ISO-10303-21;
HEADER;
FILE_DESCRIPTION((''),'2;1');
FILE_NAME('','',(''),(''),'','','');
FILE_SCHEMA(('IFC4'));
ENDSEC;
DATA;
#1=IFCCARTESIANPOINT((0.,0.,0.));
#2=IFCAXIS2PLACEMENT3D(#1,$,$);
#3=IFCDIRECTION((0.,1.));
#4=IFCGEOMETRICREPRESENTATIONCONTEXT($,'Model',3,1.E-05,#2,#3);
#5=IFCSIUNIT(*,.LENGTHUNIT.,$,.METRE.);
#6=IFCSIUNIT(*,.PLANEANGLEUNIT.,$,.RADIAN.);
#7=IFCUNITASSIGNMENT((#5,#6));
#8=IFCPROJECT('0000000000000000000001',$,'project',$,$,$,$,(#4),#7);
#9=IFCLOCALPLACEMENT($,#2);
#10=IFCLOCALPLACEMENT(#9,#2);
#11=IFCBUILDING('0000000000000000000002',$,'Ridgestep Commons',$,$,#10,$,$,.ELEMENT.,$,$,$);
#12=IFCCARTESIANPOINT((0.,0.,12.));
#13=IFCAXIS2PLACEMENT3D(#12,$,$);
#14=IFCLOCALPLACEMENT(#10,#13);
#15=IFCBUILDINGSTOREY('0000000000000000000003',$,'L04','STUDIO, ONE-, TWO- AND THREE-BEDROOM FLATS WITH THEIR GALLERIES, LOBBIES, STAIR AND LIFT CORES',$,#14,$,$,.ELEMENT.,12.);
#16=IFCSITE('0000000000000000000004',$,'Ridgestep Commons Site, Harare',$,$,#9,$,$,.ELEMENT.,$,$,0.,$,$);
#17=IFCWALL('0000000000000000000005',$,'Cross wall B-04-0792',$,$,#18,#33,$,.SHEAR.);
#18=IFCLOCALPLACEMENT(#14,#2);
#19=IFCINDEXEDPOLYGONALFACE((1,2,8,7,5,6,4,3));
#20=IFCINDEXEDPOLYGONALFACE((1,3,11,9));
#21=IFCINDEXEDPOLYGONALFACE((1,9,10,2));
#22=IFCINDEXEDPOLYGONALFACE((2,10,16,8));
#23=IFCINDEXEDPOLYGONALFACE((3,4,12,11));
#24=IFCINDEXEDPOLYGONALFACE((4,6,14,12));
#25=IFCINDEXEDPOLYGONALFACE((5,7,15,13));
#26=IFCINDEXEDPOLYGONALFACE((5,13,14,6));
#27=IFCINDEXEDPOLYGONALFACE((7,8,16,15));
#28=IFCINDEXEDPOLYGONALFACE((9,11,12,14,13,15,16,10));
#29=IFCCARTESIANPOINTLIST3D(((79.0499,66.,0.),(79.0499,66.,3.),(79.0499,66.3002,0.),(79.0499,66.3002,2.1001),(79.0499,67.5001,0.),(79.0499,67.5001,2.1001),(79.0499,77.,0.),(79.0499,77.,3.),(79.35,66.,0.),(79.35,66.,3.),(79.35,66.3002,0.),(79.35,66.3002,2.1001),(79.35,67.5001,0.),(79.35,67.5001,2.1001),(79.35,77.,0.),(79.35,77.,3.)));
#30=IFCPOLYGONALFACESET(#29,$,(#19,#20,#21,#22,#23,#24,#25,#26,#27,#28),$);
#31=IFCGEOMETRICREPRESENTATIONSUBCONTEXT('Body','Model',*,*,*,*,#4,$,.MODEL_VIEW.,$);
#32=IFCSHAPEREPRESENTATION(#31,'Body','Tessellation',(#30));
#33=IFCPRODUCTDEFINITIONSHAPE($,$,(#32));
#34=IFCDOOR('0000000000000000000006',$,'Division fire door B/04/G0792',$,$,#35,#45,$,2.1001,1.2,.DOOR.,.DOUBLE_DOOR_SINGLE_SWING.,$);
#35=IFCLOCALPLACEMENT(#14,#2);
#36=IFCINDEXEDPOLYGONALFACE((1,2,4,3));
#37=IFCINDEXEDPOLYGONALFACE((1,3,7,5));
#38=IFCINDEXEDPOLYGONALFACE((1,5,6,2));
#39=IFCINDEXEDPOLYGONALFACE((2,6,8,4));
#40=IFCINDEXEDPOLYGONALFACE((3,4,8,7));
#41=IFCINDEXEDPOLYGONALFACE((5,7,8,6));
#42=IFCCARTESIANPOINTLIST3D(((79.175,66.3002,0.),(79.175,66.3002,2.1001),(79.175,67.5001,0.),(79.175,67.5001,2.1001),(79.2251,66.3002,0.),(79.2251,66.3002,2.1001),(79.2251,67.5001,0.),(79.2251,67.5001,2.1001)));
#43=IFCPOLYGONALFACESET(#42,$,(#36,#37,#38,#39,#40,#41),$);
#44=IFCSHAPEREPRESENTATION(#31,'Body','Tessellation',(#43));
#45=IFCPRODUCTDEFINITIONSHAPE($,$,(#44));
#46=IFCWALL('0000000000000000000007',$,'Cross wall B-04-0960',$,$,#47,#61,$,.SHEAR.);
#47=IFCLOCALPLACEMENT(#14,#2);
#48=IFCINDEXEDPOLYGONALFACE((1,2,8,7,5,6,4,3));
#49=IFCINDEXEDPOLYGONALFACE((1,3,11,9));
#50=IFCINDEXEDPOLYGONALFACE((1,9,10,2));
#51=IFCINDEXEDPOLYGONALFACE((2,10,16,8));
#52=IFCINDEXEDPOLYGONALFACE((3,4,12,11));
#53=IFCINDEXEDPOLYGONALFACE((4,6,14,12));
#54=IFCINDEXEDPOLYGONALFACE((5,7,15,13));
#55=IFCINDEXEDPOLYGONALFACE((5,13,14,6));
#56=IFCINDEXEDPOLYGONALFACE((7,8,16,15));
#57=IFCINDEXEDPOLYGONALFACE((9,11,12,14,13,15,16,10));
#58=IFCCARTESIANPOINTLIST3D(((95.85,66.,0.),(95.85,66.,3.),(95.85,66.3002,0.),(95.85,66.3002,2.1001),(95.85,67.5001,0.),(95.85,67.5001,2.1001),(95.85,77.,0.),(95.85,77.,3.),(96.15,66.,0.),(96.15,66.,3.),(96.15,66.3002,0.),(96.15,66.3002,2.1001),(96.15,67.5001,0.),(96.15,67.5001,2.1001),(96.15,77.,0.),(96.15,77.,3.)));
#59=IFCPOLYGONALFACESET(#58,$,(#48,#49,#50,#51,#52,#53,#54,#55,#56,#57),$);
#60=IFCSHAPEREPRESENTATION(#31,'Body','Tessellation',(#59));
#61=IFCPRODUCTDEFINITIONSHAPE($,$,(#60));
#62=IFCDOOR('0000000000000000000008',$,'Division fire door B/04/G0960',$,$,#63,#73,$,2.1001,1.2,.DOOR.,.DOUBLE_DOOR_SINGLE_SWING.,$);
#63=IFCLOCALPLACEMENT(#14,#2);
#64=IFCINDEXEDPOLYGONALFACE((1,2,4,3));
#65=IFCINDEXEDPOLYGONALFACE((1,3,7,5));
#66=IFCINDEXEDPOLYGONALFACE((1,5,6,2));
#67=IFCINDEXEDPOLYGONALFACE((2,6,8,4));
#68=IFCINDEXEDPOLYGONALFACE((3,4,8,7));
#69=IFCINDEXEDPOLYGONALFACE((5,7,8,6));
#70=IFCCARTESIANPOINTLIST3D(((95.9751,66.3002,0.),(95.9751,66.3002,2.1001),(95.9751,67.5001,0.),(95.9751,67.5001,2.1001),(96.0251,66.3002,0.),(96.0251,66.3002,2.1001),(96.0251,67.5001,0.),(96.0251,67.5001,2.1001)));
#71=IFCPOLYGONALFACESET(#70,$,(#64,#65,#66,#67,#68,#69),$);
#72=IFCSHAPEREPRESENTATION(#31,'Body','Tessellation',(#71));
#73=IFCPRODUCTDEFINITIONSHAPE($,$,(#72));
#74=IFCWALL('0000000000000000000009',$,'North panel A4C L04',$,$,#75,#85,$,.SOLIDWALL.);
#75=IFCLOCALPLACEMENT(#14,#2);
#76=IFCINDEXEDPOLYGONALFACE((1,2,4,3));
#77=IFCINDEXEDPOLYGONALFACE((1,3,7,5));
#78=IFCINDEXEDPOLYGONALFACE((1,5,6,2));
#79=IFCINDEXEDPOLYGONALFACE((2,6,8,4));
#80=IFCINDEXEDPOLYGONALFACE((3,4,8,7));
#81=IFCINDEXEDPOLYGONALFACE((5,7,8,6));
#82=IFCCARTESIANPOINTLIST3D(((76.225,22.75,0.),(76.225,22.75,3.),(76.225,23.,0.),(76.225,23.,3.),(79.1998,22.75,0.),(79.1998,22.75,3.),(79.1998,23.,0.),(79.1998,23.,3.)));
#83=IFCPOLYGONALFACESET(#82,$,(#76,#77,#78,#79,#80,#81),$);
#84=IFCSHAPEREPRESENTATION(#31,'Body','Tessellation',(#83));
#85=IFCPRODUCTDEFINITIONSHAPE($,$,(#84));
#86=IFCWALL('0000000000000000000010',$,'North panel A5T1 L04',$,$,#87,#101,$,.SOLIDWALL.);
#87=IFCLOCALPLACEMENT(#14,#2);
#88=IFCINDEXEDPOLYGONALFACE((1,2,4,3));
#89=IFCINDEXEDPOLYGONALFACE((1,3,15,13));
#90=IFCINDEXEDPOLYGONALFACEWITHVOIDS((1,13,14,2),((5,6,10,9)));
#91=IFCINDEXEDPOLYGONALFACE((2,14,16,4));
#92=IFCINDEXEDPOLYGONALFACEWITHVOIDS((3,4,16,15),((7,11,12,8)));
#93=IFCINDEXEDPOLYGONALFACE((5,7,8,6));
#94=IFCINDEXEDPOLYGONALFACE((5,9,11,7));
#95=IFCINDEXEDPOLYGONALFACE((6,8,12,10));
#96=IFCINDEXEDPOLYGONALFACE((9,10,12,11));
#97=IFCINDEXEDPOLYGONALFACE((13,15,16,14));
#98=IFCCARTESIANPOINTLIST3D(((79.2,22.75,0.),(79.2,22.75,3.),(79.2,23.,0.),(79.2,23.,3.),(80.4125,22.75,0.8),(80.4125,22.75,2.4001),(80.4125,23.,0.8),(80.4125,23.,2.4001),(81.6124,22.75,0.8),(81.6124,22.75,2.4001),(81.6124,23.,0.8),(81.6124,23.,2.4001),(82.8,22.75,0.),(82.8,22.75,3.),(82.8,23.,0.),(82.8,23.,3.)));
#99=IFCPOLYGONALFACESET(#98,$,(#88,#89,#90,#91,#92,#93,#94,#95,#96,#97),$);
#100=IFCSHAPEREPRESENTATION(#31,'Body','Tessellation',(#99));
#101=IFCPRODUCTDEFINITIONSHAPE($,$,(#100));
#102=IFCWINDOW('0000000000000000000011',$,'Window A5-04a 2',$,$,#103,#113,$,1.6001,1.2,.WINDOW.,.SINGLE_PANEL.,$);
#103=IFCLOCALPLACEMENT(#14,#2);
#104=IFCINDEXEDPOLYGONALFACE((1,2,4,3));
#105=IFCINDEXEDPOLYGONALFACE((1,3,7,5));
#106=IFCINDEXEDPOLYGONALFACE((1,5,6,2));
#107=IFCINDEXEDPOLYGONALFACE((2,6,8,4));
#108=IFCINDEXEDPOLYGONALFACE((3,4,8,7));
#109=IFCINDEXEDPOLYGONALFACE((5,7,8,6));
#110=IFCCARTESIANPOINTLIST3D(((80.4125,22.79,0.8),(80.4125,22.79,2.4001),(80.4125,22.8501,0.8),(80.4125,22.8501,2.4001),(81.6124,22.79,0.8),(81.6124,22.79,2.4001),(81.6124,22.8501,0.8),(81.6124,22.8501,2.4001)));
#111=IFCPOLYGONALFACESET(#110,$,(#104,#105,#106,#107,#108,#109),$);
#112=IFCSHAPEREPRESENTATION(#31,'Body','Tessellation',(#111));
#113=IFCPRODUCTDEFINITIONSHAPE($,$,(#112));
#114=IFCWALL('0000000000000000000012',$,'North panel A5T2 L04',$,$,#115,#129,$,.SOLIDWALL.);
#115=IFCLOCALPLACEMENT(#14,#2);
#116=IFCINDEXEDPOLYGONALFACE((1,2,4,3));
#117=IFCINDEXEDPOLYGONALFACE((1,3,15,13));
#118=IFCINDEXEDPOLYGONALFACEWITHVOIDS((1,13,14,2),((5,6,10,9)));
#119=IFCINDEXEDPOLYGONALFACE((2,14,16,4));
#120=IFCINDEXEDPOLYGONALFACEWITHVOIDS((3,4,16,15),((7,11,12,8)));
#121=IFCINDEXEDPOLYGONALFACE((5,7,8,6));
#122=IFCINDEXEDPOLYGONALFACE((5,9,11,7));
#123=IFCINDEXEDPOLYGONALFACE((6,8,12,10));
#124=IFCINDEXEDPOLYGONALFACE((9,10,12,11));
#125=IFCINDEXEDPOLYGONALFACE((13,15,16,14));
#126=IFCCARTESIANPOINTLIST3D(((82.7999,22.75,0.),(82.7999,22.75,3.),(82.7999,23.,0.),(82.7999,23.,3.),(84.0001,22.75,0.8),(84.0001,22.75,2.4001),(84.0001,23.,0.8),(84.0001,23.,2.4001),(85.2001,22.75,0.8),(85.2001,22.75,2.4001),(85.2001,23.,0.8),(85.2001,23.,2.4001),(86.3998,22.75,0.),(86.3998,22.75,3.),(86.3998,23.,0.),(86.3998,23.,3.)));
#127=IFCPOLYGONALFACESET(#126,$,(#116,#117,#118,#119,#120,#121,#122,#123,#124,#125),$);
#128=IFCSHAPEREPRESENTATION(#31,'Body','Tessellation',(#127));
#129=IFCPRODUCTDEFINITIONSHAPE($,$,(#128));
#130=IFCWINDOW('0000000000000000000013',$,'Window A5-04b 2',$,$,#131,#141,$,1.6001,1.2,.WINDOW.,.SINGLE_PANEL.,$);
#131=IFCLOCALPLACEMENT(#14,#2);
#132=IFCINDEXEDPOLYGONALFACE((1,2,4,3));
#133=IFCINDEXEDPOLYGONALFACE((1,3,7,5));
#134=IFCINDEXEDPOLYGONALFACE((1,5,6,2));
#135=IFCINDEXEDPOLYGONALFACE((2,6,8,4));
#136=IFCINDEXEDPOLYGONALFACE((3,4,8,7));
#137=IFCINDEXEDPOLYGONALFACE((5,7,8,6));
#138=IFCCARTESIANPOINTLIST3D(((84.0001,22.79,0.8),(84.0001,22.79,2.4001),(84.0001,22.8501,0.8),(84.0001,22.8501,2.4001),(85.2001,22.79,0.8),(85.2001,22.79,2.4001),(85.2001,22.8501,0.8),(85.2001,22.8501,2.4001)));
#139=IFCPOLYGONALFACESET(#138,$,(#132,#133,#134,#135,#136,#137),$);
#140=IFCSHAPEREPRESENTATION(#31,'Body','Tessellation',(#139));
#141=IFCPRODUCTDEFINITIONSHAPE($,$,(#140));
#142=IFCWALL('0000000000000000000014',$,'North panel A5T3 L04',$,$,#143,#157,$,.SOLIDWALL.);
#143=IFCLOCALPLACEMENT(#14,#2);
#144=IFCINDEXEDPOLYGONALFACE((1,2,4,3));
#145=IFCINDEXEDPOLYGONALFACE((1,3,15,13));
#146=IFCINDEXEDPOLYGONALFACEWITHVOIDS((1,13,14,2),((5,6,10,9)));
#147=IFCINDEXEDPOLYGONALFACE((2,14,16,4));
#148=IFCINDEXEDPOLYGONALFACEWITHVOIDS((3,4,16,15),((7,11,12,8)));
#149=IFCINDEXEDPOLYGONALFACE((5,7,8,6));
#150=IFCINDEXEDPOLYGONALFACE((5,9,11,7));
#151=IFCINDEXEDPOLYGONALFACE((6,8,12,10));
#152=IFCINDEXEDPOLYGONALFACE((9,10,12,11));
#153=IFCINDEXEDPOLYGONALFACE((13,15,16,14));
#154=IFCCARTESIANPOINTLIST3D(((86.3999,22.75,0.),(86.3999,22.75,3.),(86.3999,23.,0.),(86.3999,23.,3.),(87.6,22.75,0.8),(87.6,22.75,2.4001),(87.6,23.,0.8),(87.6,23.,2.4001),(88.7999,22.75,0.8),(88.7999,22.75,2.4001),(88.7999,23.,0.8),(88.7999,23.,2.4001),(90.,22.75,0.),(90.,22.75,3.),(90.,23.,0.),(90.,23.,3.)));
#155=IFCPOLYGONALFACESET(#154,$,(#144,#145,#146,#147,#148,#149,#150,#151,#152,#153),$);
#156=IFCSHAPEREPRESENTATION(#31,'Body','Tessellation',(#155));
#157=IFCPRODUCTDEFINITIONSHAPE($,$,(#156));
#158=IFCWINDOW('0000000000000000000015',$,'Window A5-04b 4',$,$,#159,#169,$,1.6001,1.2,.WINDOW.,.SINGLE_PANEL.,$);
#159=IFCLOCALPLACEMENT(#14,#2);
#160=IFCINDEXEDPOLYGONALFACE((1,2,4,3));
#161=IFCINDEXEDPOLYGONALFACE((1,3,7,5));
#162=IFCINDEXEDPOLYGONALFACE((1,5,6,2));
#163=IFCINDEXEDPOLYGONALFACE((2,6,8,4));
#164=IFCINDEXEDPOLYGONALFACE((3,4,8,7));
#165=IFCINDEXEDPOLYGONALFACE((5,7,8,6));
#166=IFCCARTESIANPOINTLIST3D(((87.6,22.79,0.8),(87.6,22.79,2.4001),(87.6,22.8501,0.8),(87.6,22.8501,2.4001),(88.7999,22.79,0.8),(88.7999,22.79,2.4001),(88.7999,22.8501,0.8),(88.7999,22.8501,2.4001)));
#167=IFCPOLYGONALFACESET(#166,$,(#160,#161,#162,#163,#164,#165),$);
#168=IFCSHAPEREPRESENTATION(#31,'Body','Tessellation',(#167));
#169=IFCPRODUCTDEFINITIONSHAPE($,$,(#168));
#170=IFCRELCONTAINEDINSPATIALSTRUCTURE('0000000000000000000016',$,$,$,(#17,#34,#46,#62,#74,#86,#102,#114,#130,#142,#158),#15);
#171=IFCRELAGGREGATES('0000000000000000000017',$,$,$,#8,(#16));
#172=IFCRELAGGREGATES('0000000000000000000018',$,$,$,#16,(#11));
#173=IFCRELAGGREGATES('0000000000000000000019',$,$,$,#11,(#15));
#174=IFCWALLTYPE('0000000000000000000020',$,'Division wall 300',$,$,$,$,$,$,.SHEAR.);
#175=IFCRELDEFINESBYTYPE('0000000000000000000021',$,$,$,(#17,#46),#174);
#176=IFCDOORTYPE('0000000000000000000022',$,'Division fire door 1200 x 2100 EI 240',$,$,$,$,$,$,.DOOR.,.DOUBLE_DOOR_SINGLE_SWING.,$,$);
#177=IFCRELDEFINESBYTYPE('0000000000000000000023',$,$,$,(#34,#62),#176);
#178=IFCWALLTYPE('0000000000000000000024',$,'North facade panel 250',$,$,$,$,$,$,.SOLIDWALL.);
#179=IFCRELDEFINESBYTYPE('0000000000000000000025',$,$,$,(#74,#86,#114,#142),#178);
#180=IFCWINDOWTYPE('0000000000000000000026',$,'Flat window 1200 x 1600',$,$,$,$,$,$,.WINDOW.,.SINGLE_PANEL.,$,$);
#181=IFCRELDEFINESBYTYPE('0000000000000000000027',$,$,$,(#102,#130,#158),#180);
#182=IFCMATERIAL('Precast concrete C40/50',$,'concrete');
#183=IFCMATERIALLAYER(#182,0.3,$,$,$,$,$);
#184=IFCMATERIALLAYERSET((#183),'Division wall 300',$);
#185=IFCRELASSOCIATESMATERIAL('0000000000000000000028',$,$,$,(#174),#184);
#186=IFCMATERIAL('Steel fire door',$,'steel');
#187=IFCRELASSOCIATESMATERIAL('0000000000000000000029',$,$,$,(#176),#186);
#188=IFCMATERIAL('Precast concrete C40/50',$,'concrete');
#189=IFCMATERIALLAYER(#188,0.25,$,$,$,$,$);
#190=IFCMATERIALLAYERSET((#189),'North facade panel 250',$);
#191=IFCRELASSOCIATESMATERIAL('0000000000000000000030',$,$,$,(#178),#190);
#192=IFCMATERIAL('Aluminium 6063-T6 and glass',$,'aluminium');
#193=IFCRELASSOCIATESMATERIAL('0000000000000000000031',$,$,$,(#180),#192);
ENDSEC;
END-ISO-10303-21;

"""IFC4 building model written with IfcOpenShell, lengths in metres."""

from ifc_helpers import new_model, si_unit, direction, frame, frame_2d, origin, place, context, subcontext, project, spatial, rectangle, extrude, material, layer, layer_set, type_object, element, fill, save


model = new_model("IFC4")

# Units and contexts
model_context = context("Model", 3, precision=1e-05, world=origin(), true_north=direction((0.0, 1.0)))
body_context = subcontext(model_context, "Body", "Model", "MODEL_VIEW")
ifc_project = project(units=[si_unit("LENGTHUNIT", "METRE"), si_unit("PLANEANGLEUNIT", "RADIAN")], contexts=[model_context])

# Site, building, storey
site_placement = place(None, origin())
site = spatial("IfcSite", under=ifc_project, at=site_placement, Name="Ridgestep Commons Site, Harare", CompositionType="ELEMENT", RefElevation=0.0)
building_placement = place(site_placement, origin())
building = spatial("IfcBuilding", under=site, at=building_placement, Name="Ridgestep Commons", CompositionType="ELEMENT")
storey_placement = place(building_placement, frame((0.0, 0.0, 12.0)))
storey = spatial("IfcBuildingStorey", under=building, at=storey_placement, Name="L04", Description="STUDIO, ONE-, TWO- AND THREE-BEDROOM FLATS WITH THEIR GALLERIES, LOBBIES, STAIR AND LIFT CORES", CompositionType="ELEMENT", Elevation=12.0)

# Walls, openings, doors
ifc_material_1 = material(Name="Precast concrete C40/50", Category="concrete")
ifc_layer_1 = layer(ifc_material_1, 0.3)
ifc_layer_set_1 = layer_set([ifc_layer_1], Name="Division wall 300")
wall_type_1 = type_object("IfcWallType", Name="Division wall 300", PredefinedType="SHEAR", material=ifc_layer_set_1)
wall_1_placement = place(storey_placement, frame((79.2, 66.0, 0.0), z_axis=(0.0, 0.0, 1.0), x_axis=(0.0, 1.0, 0.0)))
wall_1 = element("IfcWall", 1, at=wall_1_placement, inside=storey, type_object=wall_type_1, Name="Cross wall B-04-0792", PredefinedType="SHEAR", context=body_context, shape_type="SweptSolid", body=[
    extrude(rectangle(XDim=11.0, YDim=0.3, at=frame_2d((5.5, 0.0))), origin(), (0.0, 0.0, 1.0), 3.0),
])
opening_1_placement = place(wall_1_placement, frame((0.3, 0.0, 0.0)))
opening_1 = element("IfcOpeningElement", 2, at=opening_1_placement, cuts=wall_1, PredefinedType="OPENING", context=body_context, shape_type="SweptSolid", body=[
    extrude(rectangle(XDim=1.2, YDim=2.1001, at=frame_2d((0.6001, 1.05))), frame((0.0, 0.1599, 0.0), z_axis=(0.0, -1.0, 0.0), x_axis=(1.0, 0.0, 0.0)), (0.0, 0.0, 1.0), 0.3201),
])
ifc_material_2 = material(Name="Steel fire door", Category="steel")
door_type = type_object("IfcDoorType", Name="Division fire door 1200 x 2100 EI 240", OperationType="DOUBLE_DOOR_SINGLE_SWING", PredefinedType="DOOR", material=ifc_material_2)
door_1_placement = place(opening_1_placement, origin())
door_1 = element("IfcDoor", 3, at=door_1_placement, inside=storey, type_object=door_type, Name="Division fire door B/04/G0792", OperationType="DOUBLE_DOOR_SINGLE_SWING", OverallHeight=2.1001, OverallWidth=1.2, PredefinedType="DOOR", context=body_context, shape_type="SweptSolid", body=[
    extrude(rectangle(XDim=1.2, YDim=2.1001, at=frame_2d((0.6001, 1.05))), frame((0.0, 0.0249, 0.0), z_axis=(0.0, -1.0, 0.0), x_axis=(1.0, 0.0, 0.0)), (0.0, 0.0, 1.0), 0.05),
])
fill(opening_1, door_1)
wall_2_placement = place(storey_placement, frame((96.0, 66.0, 0.0), z_axis=(0.0, 0.0, 1.0), x_axis=(0.0, 1.0, 0.0)))
wall_2 = element("IfcWall", 4, at=wall_2_placement, inside=storey, type_object=wall_type_1, Name="Cross wall B-04-0960", PredefinedType="SHEAR", context=body_context, shape_type="SweptSolid", body=[
    extrude(rectangle(XDim=11.0, YDim=0.3, at=frame_2d((5.5, 0.0))), origin(), (0.0, 0.0, 1.0), 3.0),
])
opening_2_placement = place(wall_2_placement, frame((0.3, 0.0, 0.0)))
opening_2 = element("IfcOpeningElement", 5, at=opening_2_placement, cuts=wall_2, PredefinedType="OPENING", context=body_context, shape_type="SweptSolid", body=[
    extrude(rectangle(XDim=1.2, YDim=2.1001, at=frame_2d((0.6001, 1.05))), frame((0.0, 0.1599, 0.0), z_axis=(0.0, -1.0, 0.0), x_axis=(1.0, 0.0, 0.0)), (0.0, 0.0, 1.0), 0.3201),
])
door_2_placement = place(opening_2_placement, origin())
door_2 = element("IfcDoor", 6, at=door_2_placement, inside=storey, type_object=door_type, Name="Division fire door B/04/G0960", OperationType="DOUBLE_DOOR_SINGLE_SWING", OverallHeight=2.1001, OverallWidth=1.2, PredefinedType="DOOR", context=body_context, shape_type="SweptSolid", body=[
    extrude(rectangle(XDim=1.2, YDim=2.1001, at=frame_2d((0.6001, 1.05))), frame((0.0, 0.0249, 0.0), z_axis=(0.0, -1.0, 0.0), x_axis=(1.0, 0.0, 0.0)), (0.0, 0.0, 1.0), 0.05),
])
fill(opening_2, door_2)

# Wall
ifc_material_3 = material(Name="Precast concrete C40/50", Category="concrete")
ifc_layer_2 = layer(ifc_material_3, 0.25)
ifc_layer_set_2 = layer_set([ifc_layer_2], Name="North facade panel 250")
wall_type_2 = type_object("IfcWallType", Name="North facade panel 250", PredefinedType="SOLIDWALL", material=ifc_layer_set_2)
wall_3_placement = place(storey_placement, frame((76.2251, 22.875, 0.0), z_axis=(0.0, 0.0, 1.0), x_axis=(1.0, 0.0, 0.0)))
element("IfcWall", 7, at=wall_3_placement, inside=storey, type_object=wall_type_2, Name="North panel A4C L04", PredefinedType="SOLIDWALL", context=body_context, shape_type="SweptSolid", body=[
    extrude(rectangle(XDim=2.9749, YDim=0.25, at=frame_2d((1.4873, 0.0))), origin(), (0.0, 0.0, 1.0), 3.0),
])

# Walls, openings, windows
wall_4_placement = place(storey_placement, frame((79.2, 22.875, 0.0), z_axis=(0.0, 0.0, 1.0), x_axis=(1.0, 0.0, 0.0)))
wall_4 = element("IfcWall", 8, at=wall_4_placement, inside=storey, type_object=wall_type_2, Name="North panel A5T1 L04", PredefinedType="SOLIDWALL", context=body_context, shape_type="SweptSolid", body=[
    extrude(rectangle(XDim=3.6001, YDim=0.25, at=frame_2d((1.8, 0.0))), origin(), (0.0, 0.0, 1.0), 3.0),
])
opening_3_placement = place(wall_4_placement, frame((1.2124, 0.0, 0.8)))
opening_3 = element("IfcOpeningElement", 9, at=opening_3_placement, cuts=wall_4, PredefinedType="OPENING", context=body_context, shape_type="SweptSolid", body=[
    extrude(rectangle(XDim=1.2, YDim=1.6001, at=frame_2d((0.6001, 0.8))), frame((0.0, 0.135, 0.0), z_axis=(0.0, -1.0, 0.0), x_axis=(1.0, 0.0, 0.0)), (0.0, 0.0, 1.0), 0.27),
])
ifc_material_4 = material(Name="Aluminium 6063-T6 and glass", Category="aluminium")
window_type = type_object("IfcWindowType", Name="Flat window 1200 x 1600", PartitioningType="SINGLE_PANEL", PredefinedType="WINDOW", material=ifc_material_4)
window_1_placement = place(opening_3_placement, origin())
window_1 = element("IfcWindow", 10, at=window_1_placement, inside=storey, type_object=window_type, Name="Window A5-04a 2", OverallHeight=1.6001, OverallWidth=1.2, PartitioningType="SINGLE_PANEL", PredefinedType="WINDOW", context=body_context, shape_type="SweptSolid", body=[
    extrude(rectangle(XDim=1.2, YDim=1.6001, at=frame_2d((0.6001, 0.8))), frame((0.0, -0.0249, 0.0), z_axis=(0.0, -1.0, 0.0), x_axis=(1.0, 0.0, 0.0)), (0.0, 0.0, 1.0), 0.0601),
])
fill(opening_3, window_1)
wall_5_placement = place(storey_placement, frame((82.8, 22.875, 0.0), z_axis=(0.0, 0.0, 1.0), x_axis=(1.0, 0.0, 0.0)))
wall_5 = element("IfcWall", 11, at=wall_5_placement, inside=storey, type_object=wall_type_2, Name="North panel A5T2 L04", PredefinedType="SOLIDWALL", context=body_context, shape_type="SweptSolid", body=[
    extrude(rectangle(XDim=3.5999, YDim=0.25, at=frame_2d((1.7998, 0.0))), origin(), (0.0, 0.0, 1.0), 3.0),
])
opening_4_placement = place(wall_5_placement, frame((1.2, 0.0, 0.8)))
opening_4 = element("IfcOpeningElement", 12, at=opening_4_placement, cuts=wall_5, PredefinedType="OPENING", context=body_context, shape_type="SweptSolid", body=[
    extrude(rectangle(XDim=1.2, YDim=1.6001, at=frame_2d((0.6001, 0.8))), frame((0.0, 0.135, 0.0), z_axis=(0.0, -1.0, 0.0), x_axis=(1.0, 0.0, 0.0)), (0.0, 0.0, 1.0), 0.27),
])
window_2_placement = place(opening_4_placement, origin())
window_2 = element("IfcWindow", 13, at=window_2_placement, inside=storey, type_object=window_type, Name="Window A5-04b 2", OverallHeight=1.6001, OverallWidth=1.2, PartitioningType="SINGLE_PANEL", PredefinedType="WINDOW", context=body_context, shape_type="SweptSolid", body=[
    extrude(rectangle(XDim=1.2, YDim=1.6001, at=frame_2d((0.6001, 0.8))), frame((0.0, -0.0249, 0.0), z_axis=(0.0, -1.0, 0.0), x_axis=(1.0, 0.0, 0.0)), (0.0, 0.0, 1.0), 0.0601),
])
fill(opening_4, window_2)
wall_6_placement = place(storey_placement, frame((86.3999, 22.875, 0.0), z_axis=(0.0, 0.0, 1.0), x_axis=(1.0, 0.0, 0.0)))
wall_6 = element("IfcWall", 14, at=wall_6_placement, inside=storey, type_object=wall_type_2, Name="North panel A5T3 L04", PredefinedType="SOLIDWALL", context=body_context, shape_type="SweptSolid", body=[
    extrude(rectangle(XDim=3.6001, YDim=0.25, at=frame_2d((1.8, 0.0))), origin(), (0.0, 0.0, 1.0), 3.0),
])
opening_5_placement = place(wall_6_placement, frame((1.2, 0.0, 0.8)))
opening_5 = element("IfcOpeningElement", 15, at=opening_5_placement, cuts=wall_6, PredefinedType="OPENING", context=body_context, shape_type="SweptSolid", body=[
    extrude(rectangle(XDim=1.2, YDim=1.6001, at=frame_2d((0.6001, 0.8))), frame((0.0, 0.135, 0.0), z_axis=(0.0, -1.0, 0.0), x_axis=(1.0, 0.0, 0.0)), (0.0, 0.0, 1.0), 0.27),
])
window_3_placement = place(opening_5_placement, origin())
window_3 = element("IfcWindow", 16, at=window_3_placement, inside=storey, type_object=window_type, Name="Window A5-04b 4", OverallHeight=1.6001, OverallWidth=1.2, PartitioningType="SINGLE_PANEL", PredefinedType="WINDOW", context=body_context, shape_type="SweptSolid", body=[
    extrude(rectangle(XDim=1.2, YDim=1.6001, at=frame_2d((0.6001, 0.8))), frame((0.0, -0.0249, 0.0), z_axis=(0.0, -1.0, 0.0), x_axis=(1.0, 0.0, 0.0)), (0.0, 0.0, 1.0), 0.0601),
])
fill(opening_5, window_3)

save(model, "model.ifc")
